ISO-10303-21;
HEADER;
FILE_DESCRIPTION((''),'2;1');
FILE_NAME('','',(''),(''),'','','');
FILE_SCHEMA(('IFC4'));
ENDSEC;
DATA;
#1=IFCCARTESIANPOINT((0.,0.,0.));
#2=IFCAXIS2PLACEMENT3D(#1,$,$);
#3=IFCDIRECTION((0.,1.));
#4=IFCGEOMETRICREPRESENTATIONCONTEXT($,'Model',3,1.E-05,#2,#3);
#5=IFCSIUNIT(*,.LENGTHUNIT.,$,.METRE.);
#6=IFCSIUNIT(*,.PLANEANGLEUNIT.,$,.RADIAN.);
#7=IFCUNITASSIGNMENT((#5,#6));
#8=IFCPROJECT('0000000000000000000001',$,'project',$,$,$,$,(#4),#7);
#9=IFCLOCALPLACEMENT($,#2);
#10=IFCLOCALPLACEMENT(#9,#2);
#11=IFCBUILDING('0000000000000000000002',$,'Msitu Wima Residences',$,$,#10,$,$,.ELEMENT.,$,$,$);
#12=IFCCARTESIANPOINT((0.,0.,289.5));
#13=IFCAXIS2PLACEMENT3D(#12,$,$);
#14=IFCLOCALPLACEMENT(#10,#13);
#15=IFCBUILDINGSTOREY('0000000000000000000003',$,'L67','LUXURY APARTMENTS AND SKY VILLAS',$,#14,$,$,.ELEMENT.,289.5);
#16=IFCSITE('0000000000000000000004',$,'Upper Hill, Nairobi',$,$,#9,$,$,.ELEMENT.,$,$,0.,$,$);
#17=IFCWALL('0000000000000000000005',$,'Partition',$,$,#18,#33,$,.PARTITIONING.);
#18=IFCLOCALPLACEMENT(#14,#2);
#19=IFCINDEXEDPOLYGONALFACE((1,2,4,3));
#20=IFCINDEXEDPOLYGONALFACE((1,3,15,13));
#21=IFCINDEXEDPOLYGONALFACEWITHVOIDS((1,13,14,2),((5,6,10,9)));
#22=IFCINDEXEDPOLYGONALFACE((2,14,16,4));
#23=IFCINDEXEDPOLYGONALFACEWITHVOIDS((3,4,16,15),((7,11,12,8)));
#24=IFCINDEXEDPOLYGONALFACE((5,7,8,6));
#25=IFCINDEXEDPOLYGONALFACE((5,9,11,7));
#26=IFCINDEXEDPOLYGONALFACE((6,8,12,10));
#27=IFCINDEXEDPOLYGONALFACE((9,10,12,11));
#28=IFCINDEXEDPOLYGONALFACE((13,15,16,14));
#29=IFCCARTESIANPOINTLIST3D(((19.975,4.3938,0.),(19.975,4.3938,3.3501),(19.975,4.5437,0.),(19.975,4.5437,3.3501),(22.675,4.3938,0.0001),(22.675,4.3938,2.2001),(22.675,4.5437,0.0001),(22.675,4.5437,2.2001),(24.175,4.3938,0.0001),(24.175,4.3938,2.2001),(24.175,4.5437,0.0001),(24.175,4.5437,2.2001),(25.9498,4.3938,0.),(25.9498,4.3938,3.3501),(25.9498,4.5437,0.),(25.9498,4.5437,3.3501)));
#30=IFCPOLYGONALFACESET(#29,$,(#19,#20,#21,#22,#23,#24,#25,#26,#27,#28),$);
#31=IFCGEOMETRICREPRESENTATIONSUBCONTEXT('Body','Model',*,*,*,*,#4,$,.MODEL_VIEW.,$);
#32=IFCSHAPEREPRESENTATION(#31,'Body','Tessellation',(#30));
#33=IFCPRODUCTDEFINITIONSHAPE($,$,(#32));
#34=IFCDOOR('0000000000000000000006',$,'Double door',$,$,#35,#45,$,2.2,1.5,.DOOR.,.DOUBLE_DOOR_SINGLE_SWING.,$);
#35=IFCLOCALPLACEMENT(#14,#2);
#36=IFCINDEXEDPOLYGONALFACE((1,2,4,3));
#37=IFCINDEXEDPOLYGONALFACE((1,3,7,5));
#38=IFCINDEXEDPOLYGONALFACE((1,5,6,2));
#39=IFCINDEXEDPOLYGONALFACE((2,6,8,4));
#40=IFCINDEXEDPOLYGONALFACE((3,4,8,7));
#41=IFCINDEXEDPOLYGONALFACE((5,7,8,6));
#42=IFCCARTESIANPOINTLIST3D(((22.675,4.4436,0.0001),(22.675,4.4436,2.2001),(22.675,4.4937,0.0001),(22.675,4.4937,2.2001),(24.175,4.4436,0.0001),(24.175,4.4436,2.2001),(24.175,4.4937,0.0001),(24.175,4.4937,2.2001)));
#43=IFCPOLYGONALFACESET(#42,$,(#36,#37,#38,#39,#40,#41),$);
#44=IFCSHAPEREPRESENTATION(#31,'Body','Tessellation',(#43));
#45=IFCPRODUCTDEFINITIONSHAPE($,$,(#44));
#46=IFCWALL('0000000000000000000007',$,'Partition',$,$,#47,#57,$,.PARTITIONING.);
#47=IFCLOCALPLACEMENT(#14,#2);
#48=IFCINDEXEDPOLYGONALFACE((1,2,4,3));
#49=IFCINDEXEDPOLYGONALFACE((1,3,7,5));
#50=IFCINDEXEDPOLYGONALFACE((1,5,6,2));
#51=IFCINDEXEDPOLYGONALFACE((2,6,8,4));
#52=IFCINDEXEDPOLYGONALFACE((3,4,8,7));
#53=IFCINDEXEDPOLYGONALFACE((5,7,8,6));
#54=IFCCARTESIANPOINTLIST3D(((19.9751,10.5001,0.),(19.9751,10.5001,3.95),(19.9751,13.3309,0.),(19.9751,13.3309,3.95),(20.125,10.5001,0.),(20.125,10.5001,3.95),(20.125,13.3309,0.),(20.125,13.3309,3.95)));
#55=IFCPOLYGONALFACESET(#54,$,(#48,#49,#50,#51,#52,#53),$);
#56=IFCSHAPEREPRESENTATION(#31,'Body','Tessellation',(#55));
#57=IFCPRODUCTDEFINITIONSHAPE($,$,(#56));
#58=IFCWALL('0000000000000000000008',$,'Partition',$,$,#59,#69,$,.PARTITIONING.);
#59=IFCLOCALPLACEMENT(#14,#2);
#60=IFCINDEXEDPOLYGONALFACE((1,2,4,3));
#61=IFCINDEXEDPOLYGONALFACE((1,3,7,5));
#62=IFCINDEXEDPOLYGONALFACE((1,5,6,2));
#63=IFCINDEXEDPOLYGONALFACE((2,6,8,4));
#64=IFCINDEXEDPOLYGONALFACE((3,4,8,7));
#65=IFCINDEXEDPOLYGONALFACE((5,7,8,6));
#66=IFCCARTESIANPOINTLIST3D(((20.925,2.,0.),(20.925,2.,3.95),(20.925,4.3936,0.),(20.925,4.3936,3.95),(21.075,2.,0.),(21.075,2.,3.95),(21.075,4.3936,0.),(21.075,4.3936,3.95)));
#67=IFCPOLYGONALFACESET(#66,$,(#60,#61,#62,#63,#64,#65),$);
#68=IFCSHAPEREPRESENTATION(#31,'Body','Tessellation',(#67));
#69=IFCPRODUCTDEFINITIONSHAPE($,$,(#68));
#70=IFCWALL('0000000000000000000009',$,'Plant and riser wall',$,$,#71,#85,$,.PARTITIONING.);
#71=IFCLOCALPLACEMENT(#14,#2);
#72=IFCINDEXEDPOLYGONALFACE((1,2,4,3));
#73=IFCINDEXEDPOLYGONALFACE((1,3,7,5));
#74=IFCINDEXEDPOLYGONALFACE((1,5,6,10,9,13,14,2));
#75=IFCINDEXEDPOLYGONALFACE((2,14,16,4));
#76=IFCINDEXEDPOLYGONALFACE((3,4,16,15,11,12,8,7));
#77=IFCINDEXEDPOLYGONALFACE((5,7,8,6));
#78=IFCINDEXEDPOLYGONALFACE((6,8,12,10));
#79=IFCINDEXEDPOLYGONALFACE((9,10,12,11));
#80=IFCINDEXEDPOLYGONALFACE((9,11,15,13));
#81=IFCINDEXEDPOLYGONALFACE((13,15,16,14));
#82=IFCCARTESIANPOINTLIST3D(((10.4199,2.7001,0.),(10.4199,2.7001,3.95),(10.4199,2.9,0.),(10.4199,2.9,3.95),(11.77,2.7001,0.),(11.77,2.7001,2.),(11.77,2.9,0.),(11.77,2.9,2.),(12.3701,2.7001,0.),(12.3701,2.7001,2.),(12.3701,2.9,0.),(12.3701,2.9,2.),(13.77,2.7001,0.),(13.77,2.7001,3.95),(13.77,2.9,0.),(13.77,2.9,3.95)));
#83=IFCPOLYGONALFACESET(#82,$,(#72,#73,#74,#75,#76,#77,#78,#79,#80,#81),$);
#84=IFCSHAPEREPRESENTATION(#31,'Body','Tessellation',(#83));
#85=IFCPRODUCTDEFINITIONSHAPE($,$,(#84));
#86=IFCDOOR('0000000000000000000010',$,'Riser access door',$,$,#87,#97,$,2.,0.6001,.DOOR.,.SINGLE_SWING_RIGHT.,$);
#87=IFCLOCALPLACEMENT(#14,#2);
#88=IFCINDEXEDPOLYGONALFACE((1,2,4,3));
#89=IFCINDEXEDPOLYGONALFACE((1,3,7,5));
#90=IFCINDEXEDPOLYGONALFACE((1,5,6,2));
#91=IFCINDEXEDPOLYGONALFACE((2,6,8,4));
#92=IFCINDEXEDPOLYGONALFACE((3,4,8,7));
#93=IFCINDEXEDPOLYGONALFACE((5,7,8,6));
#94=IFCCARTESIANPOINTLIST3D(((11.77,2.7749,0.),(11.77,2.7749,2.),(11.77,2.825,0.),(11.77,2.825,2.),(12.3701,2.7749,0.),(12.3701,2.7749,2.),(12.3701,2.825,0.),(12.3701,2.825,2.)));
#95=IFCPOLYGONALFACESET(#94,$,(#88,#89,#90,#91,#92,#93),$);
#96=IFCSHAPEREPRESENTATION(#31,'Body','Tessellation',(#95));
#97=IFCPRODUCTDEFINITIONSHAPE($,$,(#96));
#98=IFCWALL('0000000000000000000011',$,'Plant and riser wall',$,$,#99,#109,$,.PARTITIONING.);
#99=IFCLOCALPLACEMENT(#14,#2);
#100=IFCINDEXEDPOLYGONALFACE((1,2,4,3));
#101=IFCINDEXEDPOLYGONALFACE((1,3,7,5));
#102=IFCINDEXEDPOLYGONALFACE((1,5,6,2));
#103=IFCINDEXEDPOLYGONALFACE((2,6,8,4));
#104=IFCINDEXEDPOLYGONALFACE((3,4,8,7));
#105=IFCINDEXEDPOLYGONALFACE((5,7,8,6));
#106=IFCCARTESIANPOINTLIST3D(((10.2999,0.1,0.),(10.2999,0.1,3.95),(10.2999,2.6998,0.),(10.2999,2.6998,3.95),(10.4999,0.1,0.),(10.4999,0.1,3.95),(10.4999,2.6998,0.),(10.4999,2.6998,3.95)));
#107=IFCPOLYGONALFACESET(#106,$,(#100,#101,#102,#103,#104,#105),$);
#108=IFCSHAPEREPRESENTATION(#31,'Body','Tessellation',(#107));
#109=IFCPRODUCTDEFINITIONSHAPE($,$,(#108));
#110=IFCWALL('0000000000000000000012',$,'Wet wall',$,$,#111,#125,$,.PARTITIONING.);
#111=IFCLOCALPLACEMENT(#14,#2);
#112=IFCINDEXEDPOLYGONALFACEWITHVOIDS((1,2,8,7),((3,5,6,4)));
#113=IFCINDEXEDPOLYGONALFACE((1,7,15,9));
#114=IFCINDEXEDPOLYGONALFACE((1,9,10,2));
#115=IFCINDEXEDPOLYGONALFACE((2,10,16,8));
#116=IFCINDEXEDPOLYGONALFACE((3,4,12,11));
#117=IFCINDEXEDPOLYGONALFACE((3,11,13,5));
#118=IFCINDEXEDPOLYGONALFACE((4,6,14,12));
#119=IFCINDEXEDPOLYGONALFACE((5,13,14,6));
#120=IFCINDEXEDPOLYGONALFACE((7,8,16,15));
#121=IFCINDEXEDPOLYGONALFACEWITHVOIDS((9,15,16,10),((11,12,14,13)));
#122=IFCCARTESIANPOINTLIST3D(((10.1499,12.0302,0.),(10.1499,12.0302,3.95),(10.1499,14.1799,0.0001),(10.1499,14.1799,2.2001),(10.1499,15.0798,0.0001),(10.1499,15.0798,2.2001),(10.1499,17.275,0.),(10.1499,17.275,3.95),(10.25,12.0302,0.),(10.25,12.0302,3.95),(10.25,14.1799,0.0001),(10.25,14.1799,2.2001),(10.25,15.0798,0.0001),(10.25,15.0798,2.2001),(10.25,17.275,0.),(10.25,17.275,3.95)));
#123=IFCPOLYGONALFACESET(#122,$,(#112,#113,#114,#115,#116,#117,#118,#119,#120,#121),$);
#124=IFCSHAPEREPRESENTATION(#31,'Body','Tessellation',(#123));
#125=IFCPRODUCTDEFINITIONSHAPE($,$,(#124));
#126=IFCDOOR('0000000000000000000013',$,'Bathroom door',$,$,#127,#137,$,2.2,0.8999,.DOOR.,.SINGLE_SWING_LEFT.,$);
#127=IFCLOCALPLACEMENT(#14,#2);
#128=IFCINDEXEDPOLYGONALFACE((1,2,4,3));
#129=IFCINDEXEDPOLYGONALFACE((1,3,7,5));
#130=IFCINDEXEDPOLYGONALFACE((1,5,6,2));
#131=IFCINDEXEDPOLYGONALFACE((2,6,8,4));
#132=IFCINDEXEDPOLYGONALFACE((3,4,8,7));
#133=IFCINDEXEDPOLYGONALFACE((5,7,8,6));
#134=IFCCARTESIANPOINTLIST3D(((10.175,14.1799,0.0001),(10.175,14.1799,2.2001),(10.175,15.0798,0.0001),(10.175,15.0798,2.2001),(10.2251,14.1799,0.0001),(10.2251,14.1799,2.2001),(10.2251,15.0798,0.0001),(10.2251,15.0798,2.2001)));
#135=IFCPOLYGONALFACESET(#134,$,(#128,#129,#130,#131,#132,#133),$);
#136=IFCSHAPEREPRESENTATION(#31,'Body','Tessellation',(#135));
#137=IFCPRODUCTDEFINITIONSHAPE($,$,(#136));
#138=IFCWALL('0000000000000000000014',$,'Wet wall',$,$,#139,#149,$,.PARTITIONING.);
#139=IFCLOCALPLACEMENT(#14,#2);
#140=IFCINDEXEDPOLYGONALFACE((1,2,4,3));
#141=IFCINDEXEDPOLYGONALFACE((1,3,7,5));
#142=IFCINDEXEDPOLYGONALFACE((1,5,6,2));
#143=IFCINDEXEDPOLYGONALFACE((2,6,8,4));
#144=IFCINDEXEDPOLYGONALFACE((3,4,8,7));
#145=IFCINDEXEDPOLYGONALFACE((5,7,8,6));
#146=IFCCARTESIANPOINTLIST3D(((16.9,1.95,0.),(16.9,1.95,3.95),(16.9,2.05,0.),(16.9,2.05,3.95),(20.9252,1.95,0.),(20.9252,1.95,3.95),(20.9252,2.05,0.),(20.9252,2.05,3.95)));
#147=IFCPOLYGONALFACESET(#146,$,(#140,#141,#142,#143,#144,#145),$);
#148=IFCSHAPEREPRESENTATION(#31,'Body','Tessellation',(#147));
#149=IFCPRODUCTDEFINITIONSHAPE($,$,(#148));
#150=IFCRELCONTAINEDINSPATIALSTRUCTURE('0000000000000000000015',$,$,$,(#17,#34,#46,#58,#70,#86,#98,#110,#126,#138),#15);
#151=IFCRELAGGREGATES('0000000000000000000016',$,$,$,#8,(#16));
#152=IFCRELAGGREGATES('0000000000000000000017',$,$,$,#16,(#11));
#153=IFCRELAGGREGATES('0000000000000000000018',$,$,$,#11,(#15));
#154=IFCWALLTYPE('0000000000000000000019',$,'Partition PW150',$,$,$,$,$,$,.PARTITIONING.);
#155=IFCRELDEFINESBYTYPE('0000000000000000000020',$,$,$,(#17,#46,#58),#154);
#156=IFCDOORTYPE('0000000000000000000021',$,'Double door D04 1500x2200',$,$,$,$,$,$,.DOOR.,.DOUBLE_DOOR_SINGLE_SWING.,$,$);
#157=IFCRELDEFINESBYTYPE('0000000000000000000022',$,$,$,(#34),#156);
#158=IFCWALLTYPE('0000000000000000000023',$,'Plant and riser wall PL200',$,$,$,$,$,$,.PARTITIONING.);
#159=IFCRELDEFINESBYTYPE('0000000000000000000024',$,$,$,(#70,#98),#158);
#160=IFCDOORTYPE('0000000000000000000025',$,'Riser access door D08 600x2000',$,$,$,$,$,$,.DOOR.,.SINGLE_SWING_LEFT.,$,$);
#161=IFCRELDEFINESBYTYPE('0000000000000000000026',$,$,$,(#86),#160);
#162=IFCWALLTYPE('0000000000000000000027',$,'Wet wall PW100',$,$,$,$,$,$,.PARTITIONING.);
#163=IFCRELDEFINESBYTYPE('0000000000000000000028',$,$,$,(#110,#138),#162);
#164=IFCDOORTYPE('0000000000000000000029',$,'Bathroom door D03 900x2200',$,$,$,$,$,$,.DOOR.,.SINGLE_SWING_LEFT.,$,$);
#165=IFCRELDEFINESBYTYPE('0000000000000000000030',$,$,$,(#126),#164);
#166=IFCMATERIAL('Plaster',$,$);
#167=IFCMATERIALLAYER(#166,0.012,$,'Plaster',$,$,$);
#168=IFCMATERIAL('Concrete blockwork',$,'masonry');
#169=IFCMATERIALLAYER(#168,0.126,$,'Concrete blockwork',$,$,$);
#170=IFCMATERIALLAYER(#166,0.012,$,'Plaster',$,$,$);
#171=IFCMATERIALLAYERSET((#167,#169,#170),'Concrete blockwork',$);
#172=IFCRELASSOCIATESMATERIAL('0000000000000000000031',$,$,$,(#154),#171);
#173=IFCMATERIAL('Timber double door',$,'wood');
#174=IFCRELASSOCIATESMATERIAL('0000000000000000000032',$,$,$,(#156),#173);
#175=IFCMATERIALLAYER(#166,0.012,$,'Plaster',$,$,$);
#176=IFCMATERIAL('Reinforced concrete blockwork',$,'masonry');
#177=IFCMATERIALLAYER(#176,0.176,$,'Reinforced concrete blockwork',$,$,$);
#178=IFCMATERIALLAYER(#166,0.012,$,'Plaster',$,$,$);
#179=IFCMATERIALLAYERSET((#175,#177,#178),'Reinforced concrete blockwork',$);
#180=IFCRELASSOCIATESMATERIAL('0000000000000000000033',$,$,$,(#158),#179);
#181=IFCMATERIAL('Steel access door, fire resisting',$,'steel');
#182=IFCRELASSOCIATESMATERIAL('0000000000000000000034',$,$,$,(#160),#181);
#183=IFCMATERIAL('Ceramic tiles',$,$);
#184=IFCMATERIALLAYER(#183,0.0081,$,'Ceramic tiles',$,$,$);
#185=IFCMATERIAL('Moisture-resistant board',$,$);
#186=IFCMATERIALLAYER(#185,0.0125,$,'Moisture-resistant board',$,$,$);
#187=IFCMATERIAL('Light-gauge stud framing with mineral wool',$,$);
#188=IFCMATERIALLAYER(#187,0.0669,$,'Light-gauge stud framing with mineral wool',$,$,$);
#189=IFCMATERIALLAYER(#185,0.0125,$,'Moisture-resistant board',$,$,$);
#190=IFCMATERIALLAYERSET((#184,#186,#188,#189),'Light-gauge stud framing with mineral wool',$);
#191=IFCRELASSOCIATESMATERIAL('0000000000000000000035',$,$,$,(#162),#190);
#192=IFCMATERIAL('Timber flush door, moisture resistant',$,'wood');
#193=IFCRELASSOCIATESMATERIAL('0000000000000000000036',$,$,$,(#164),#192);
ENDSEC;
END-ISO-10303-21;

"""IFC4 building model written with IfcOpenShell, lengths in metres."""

from ifc_helpers import new_model, si_unit, direction, frame, frame_2d, origin, place, context, subcontext, project, spatial, rectangle, extrude, material, layer, layer_set, type_object, element, fill, save


model = new_model("IFC4")

# Units and contexts
model_context = context("Model", 3, precision=1e-05, world=origin(), true_north=direction((0.0, 1.0)))
body_context = subcontext(model_context, "Body", "Model", "MODEL_VIEW")
ifc_project = project(units=[si_unit("LENGTHUNIT", "METRE"), si_unit("PLANEANGLEUNIT", "RADIAN")], contexts=[model_context])

# Site, building, storey
site_placement = place(None, origin())
site = spatial("IfcSite", under=ifc_project, at=site_placement, Name="Upper Hill, Nairobi", CompositionType="ELEMENT", RefElevation=0.0)
building_placement = place(site_placement, origin())
building = spatial("IfcBuilding", under=site, at=building_placement, Name="Msitu Wima Residences", CompositionType="ELEMENT")
storey_placement = place(building_placement, frame((0.0, 0.0, 289.5)))
storey = spatial("IfcBuildingStorey", under=building, at=storey_placement, Name="L67", Description="LUXURY APARTMENTS AND SKY VILLAS", CompositionType="ELEMENT", Elevation=289.5)

# Wall, opening, door
ifc_material_1 = material(Name="Plaster")
ifc_layer_1 = layer(ifc_material_1, 0.012, Name="Plaster")
ifc_material_2 = material(Name="Concrete blockwork", Category="masonry")
ifc_layer_2 = layer(ifc_material_2, 0.126, Name="Concrete blockwork")
ifc_layer_3 = layer(ifc_material_1, 0.012, Name="Plaster")
ifc_layer_set_1 = layer_set([ifc_layer_1, ifc_layer_2, ifc_layer_3], Name="Concrete blockwork")
wall_type_1 = type_object("IfcWallType", Name="Partition PW150", PredefinedType="PARTITIONING", material=ifc_layer_set_1)
wall_1_placement = place(storey_placement, frame((19.9751, 4.4688, 0.0), z_axis=(0.0, 0.0, 1.0), x_axis=(1.0, 0.0, 0.0)))
wall_1 = element("IfcWall", 1, at=wall_1_placement, inside=storey, type_object=wall_type_1, Name="Partition", PredefinedType="PARTITIONING", context=body_context, shape_type="SweptSolid", body=[
    extrude(rectangle(XDim=5.9749, YDim=0.1499, at=frame_2d((2.9873, 0.0))), origin(), (0.0, 0.0, 1.0), 3.3501),
])
opening_1_placement = place(wall_1_placement, frame((2.7, 0.0, 0.0)))
opening_1 = element("IfcOpeningElement", 2, at=opening_1_placement, cuts=wall_1, PredefinedType="OPENING", context=body_context, shape_type="SweptSolid", body=[
    extrude(rectangle(XDim=1.5, YDim=2.2, at=frame_2d((0.75, 1.1001))), frame((0.0, 0.085, 0.0), z_axis=(0.0, -1.0, 0.0), x_axis=(1.0, 0.0, 0.0)), (0.0, 0.0, 1.0), 0.1699),
])
ifc_material_3 = material(Name="Timber double door", Category="wood")
door_type_1 = type_object("IfcDoorType", Name="Double door D04 1500x2200", OperationType="DOUBLE_DOOR_SINGLE_SWING", PredefinedType="DOOR", material=ifc_material_3)
door_1_placement = place(opening_1_placement, origin())
door_1 = element("IfcDoor", 3, at=door_1_placement, inside=storey, type_object=door_type_1, Name="Double door", OperationType="DOUBLE_DOOR_SINGLE_SWING", OverallHeight=2.2, OverallWidth=1.5, PredefinedType="DOOR", context=body_context, shape_type="SweptSolid", body=[
    extrude(rectangle(XDim=1.5, YDim=2.2, at=frame_2d((0.75, 1.1001))), frame((0.0, 0.0249, 0.0), z_axis=(0.0, -1.0, 0.0), x_axis=(1.0, 0.0, 0.0)), (0.0, 0.0, 1.0), 0.05),
])
fill(opening_1, door_1)

# Walls
wall_2_placement = place(storey_placement, frame((20.05, 10.5, 0.0), z_axis=(0.0, 0.0, 1.0), x_axis=(0.0, 1.0, 0.0)))
element("IfcWall", 4, at=wall_2_placement, inside=storey, type_object=wall_type_1, Name="Partition", PredefinedType="PARTITIONING", context=body_context, shape_type="SweptSolid", body=[
    extrude(rectangle(XDim=2.8308, YDim=0.1499, at=frame_2d((1.4155, 0.0))), origin(), (0.0, 0.0, 1.0), 3.95),
])
wall_3_placement = place(storey_placement, frame((21.0, 2.0, 0.0), z_axis=(0.0, 0.0, 1.0), x_axis=(0.0, 1.0, 0.0)))
element("IfcWall", 5, at=wall_3_placement, inside=storey, type_object=wall_type_1, Name="Partition", PredefinedType="PARTITIONING", context=body_context, shape_type="SweptSolid", body=[
    extrude(rectangle(XDim=2.3936, YDim=0.1499, at=frame_2d((1.1968, 0.0))), origin(), (0.0, 0.0, 1.0), 3.95),
])

# Wall, opening, door
ifc_layer_4 = layer(ifc_material_1, 0.012, Name="Plaster")
ifc_material_4 = material(Name="Reinforced concrete blockwork", Category="masonry")
ifc_layer_5 = layer(ifc_material_4, 0.176, Name="Reinforced concrete blockwork")
ifc_layer_6 = layer(ifc_material_1, 0.012, Name="Plaster")
ifc_layer_set_2 = layer_set([ifc_layer_4, ifc_layer_5, ifc_layer_6], Name="Reinforced concrete blockwork")
wall_type_2 = type_object("IfcWallType", Name="Plant and riser wall PL200", PredefinedType="PARTITIONING", material=ifc_layer_set_2)
wall_4_placement = place(storey_placement, frame((10.4199, 2.8, 0.0), z_axis=(0.0, 0.0, 1.0), x_axis=(1.0, 0.0, 0.0)))
wall_4 = element("IfcWall", 6, at=wall_4_placement, inside=storey, type_object=wall_type_2, Name="Plant and riser wall", PredefinedType="PARTITIONING", context=body_context, shape_type="SweptSolid", body=[
    extrude(rectangle(XDim=3.3501, YDim=0.2, at=frame_2d((1.675, 0.0))), origin(), (0.0, 0.0, 1.0), 3.95),
])
opening_2_placement = place(wall_4_placement, frame((1.3501, 0.0, 0.0)))
opening_2 = element("IfcOpeningElement", 7, at=opening_2_placement, cuts=wall_4, PredefinedType="OPENING", context=body_context, shape_type="SweptSolid", body=[
    extrude(rectangle(XDim=0.6001, YDim=2.0, at=frame_2d((0.3, 1.0))), frame((0.0, 0.1099, 0.0), z_axis=(0.0, -1.0, 0.0), x_axis=(1.0, 0.0, 0.0)), (0.0, 0.0, 1.0), 0.22),
])
ifc_material_5 = material(Name="Steel access door, fire resisting", Category="steel")
door_type_2 = type_object("IfcDoorType", Name="Riser access door D08 600x2000", OperationType="SINGLE_SWING_LEFT", PredefinedType="DOOR", material=ifc_material_5)
door_2_placement = place(opening_2_placement, origin())
door_2 = element("IfcDoor", 8, at=door_2_placement, inside=storey, type_object=door_type_2, Name="Riser access door", OperationType="SINGLE_SWING_RIGHT", OverallHeight=2.0, OverallWidth=0.6001, PredefinedType="DOOR", context=body_context, shape_type="SweptSolid", body=[
    extrude(rectangle(XDim=0.6001, YDim=2.0, at=frame_2d((0.3, 1.0))), frame((0.0, 0.0249, 0.0), z_axis=(0.0, -1.0, 0.0), x_axis=(1.0, 0.0, 0.0)), (0.0, 0.0, 1.0), 0.05),
])
fill(opening_2, door_2)

# Wall
wall_5_placement = place(storey_placement, frame((10.3999, 0.1001, 0.0), z_axis=(0.0, 0.0, 1.0), x_axis=(0.0, 1.0, 0.0)))
element("IfcWall", 9, at=wall_5_placement, inside=storey, type_object=wall_type_2, Name="Plant and riser wall", PredefinedType="PARTITIONING", context=body_context, shape_type="SweptSolid", body=[
    extrude(rectangle(XDim=2.5999, YDim=0.2, at=frame_2d((1.2998, 0.0))), origin(), (0.0, 0.0, 1.0), 3.95),
])

# Wall, opening, door
ifc_material_6 = material(Name="Ceramic tiles")
ifc_layer_7 = layer(ifc_material_6, 0.0081, Name="Ceramic tiles")
ifc_material_7 = material(Name="Moisture-resistant board")
ifc_layer_8 = layer(ifc_material_7, 0.0125, Name="Moisture-resistant board")
ifc_material_8 = material(Name="Light-gauge stud framing with mineral wool")
ifc_layer_9 = layer(ifc_material_8, 0.0669, Name="Light-gauge stud framing with mineral wool")
ifc_layer_10 = layer(ifc_material_7, 0.0125, Name="Moisture-resistant board")
ifc_layer_set_3 = layer_set([ifc_layer_7, ifc_layer_8, ifc_layer_9, ifc_layer_10], Name="Light-gauge stud framing with mineral wool")
wall_type_3 = type_object("IfcWallType", Name="Wet wall PW100", PredefinedType="PARTITIONING", material=ifc_layer_set_3)
wall_6_placement = place(storey_placement, frame((10.2, 12.03, 0.0), z_axis=(0.0, 0.0, 1.0), x_axis=(0.0, 1.0, 0.0)))
wall_6 = element("IfcWall", 10, at=wall_6_placement, inside=storey, type_object=wall_type_3, Name="Wet wall", PredefinedType="PARTITIONING", context=body_context, shape_type="SweptSolid", body=[
    extrude(rectangle(XDim=5.2449, YDim=0.1001, at=frame_2d((2.6226, 0.0))), origin(), (0.0, 0.0, 1.0), 3.95),
])
opening_3_placement = place(wall_6_placement, frame((2.1499, 0.0, 0.0)))
opening_3 = element("IfcOpeningElement", 11, at=opening_3_placement, cuts=wall_6, PredefinedType="OPENING", context=body_context, shape_type="SweptSolid", body=[
    extrude(rectangle(XDim=0.8999, YDim=2.2, at=frame_2d((0.45, 1.1001))), frame((0.0, 0.0601, 0.0), z_axis=(0.0, -1.0, 0.0), x_axis=(1.0, 0.0, 0.0)), (0.0, 0.0, 1.0), 0.1201),
])
ifc_material_9 = material(Name="Timber flush door, moisture resistant", Category="wood")
door_type_3 = type_object("IfcDoorType", Name="Bathroom door D03 900x2200", OperationType="SINGLE_SWING_LEFT", PredefinedType="DOOR", material=ifc_material_9)
door_3_placement = place(opening_3_placement, origin())
door_3 = element("IfcDoor", 12, at=door_3_placement, inside=storey, type_object=door_type_3, Name="Bathroom door", OperationType="SINGLE_SWING_LEFT", OverallHeight=2.2, OverallWidth=0.8999, PredefinedType="DOOR", context=body_context, shape_type="SweptSolid", body=[
    extrude(rectangle(XDim=0.8999, YDim=2.2, at=frame_2d((0.45, 1.1001))), frame((0.0, 0.0249, 0.0), z_axis=(0.0, -1.0, 0.0), x_axis=(1.0, 0.0, 0.0)), (0.0, 0.0, 1.0), 0.05),
])
fill(opening_3, door_3)

# Wall
wall_7_placement = place(storey_placement, frame((16.8999, 2.0, 0.0), z_axis=(0.0, 0.0, 1.0), x_axis=(1.0, 0.0, 0.0)))
element("IfcWall", 13, at=wall_7_placement, inside=storey, type_object=wall_type_3, Name="Wet wall", PredefinedType="PARTITIONING", context=body_context, shape_type="SweptSolid", body=[
    extrude(rectangle(XDim=4.0251, YDim=0.1001, at=frame_2d((2.0127, 0.0))), origin(), (0.0, 0.0, 1.0), 3.95),
])

save(model, "model.ifc")
